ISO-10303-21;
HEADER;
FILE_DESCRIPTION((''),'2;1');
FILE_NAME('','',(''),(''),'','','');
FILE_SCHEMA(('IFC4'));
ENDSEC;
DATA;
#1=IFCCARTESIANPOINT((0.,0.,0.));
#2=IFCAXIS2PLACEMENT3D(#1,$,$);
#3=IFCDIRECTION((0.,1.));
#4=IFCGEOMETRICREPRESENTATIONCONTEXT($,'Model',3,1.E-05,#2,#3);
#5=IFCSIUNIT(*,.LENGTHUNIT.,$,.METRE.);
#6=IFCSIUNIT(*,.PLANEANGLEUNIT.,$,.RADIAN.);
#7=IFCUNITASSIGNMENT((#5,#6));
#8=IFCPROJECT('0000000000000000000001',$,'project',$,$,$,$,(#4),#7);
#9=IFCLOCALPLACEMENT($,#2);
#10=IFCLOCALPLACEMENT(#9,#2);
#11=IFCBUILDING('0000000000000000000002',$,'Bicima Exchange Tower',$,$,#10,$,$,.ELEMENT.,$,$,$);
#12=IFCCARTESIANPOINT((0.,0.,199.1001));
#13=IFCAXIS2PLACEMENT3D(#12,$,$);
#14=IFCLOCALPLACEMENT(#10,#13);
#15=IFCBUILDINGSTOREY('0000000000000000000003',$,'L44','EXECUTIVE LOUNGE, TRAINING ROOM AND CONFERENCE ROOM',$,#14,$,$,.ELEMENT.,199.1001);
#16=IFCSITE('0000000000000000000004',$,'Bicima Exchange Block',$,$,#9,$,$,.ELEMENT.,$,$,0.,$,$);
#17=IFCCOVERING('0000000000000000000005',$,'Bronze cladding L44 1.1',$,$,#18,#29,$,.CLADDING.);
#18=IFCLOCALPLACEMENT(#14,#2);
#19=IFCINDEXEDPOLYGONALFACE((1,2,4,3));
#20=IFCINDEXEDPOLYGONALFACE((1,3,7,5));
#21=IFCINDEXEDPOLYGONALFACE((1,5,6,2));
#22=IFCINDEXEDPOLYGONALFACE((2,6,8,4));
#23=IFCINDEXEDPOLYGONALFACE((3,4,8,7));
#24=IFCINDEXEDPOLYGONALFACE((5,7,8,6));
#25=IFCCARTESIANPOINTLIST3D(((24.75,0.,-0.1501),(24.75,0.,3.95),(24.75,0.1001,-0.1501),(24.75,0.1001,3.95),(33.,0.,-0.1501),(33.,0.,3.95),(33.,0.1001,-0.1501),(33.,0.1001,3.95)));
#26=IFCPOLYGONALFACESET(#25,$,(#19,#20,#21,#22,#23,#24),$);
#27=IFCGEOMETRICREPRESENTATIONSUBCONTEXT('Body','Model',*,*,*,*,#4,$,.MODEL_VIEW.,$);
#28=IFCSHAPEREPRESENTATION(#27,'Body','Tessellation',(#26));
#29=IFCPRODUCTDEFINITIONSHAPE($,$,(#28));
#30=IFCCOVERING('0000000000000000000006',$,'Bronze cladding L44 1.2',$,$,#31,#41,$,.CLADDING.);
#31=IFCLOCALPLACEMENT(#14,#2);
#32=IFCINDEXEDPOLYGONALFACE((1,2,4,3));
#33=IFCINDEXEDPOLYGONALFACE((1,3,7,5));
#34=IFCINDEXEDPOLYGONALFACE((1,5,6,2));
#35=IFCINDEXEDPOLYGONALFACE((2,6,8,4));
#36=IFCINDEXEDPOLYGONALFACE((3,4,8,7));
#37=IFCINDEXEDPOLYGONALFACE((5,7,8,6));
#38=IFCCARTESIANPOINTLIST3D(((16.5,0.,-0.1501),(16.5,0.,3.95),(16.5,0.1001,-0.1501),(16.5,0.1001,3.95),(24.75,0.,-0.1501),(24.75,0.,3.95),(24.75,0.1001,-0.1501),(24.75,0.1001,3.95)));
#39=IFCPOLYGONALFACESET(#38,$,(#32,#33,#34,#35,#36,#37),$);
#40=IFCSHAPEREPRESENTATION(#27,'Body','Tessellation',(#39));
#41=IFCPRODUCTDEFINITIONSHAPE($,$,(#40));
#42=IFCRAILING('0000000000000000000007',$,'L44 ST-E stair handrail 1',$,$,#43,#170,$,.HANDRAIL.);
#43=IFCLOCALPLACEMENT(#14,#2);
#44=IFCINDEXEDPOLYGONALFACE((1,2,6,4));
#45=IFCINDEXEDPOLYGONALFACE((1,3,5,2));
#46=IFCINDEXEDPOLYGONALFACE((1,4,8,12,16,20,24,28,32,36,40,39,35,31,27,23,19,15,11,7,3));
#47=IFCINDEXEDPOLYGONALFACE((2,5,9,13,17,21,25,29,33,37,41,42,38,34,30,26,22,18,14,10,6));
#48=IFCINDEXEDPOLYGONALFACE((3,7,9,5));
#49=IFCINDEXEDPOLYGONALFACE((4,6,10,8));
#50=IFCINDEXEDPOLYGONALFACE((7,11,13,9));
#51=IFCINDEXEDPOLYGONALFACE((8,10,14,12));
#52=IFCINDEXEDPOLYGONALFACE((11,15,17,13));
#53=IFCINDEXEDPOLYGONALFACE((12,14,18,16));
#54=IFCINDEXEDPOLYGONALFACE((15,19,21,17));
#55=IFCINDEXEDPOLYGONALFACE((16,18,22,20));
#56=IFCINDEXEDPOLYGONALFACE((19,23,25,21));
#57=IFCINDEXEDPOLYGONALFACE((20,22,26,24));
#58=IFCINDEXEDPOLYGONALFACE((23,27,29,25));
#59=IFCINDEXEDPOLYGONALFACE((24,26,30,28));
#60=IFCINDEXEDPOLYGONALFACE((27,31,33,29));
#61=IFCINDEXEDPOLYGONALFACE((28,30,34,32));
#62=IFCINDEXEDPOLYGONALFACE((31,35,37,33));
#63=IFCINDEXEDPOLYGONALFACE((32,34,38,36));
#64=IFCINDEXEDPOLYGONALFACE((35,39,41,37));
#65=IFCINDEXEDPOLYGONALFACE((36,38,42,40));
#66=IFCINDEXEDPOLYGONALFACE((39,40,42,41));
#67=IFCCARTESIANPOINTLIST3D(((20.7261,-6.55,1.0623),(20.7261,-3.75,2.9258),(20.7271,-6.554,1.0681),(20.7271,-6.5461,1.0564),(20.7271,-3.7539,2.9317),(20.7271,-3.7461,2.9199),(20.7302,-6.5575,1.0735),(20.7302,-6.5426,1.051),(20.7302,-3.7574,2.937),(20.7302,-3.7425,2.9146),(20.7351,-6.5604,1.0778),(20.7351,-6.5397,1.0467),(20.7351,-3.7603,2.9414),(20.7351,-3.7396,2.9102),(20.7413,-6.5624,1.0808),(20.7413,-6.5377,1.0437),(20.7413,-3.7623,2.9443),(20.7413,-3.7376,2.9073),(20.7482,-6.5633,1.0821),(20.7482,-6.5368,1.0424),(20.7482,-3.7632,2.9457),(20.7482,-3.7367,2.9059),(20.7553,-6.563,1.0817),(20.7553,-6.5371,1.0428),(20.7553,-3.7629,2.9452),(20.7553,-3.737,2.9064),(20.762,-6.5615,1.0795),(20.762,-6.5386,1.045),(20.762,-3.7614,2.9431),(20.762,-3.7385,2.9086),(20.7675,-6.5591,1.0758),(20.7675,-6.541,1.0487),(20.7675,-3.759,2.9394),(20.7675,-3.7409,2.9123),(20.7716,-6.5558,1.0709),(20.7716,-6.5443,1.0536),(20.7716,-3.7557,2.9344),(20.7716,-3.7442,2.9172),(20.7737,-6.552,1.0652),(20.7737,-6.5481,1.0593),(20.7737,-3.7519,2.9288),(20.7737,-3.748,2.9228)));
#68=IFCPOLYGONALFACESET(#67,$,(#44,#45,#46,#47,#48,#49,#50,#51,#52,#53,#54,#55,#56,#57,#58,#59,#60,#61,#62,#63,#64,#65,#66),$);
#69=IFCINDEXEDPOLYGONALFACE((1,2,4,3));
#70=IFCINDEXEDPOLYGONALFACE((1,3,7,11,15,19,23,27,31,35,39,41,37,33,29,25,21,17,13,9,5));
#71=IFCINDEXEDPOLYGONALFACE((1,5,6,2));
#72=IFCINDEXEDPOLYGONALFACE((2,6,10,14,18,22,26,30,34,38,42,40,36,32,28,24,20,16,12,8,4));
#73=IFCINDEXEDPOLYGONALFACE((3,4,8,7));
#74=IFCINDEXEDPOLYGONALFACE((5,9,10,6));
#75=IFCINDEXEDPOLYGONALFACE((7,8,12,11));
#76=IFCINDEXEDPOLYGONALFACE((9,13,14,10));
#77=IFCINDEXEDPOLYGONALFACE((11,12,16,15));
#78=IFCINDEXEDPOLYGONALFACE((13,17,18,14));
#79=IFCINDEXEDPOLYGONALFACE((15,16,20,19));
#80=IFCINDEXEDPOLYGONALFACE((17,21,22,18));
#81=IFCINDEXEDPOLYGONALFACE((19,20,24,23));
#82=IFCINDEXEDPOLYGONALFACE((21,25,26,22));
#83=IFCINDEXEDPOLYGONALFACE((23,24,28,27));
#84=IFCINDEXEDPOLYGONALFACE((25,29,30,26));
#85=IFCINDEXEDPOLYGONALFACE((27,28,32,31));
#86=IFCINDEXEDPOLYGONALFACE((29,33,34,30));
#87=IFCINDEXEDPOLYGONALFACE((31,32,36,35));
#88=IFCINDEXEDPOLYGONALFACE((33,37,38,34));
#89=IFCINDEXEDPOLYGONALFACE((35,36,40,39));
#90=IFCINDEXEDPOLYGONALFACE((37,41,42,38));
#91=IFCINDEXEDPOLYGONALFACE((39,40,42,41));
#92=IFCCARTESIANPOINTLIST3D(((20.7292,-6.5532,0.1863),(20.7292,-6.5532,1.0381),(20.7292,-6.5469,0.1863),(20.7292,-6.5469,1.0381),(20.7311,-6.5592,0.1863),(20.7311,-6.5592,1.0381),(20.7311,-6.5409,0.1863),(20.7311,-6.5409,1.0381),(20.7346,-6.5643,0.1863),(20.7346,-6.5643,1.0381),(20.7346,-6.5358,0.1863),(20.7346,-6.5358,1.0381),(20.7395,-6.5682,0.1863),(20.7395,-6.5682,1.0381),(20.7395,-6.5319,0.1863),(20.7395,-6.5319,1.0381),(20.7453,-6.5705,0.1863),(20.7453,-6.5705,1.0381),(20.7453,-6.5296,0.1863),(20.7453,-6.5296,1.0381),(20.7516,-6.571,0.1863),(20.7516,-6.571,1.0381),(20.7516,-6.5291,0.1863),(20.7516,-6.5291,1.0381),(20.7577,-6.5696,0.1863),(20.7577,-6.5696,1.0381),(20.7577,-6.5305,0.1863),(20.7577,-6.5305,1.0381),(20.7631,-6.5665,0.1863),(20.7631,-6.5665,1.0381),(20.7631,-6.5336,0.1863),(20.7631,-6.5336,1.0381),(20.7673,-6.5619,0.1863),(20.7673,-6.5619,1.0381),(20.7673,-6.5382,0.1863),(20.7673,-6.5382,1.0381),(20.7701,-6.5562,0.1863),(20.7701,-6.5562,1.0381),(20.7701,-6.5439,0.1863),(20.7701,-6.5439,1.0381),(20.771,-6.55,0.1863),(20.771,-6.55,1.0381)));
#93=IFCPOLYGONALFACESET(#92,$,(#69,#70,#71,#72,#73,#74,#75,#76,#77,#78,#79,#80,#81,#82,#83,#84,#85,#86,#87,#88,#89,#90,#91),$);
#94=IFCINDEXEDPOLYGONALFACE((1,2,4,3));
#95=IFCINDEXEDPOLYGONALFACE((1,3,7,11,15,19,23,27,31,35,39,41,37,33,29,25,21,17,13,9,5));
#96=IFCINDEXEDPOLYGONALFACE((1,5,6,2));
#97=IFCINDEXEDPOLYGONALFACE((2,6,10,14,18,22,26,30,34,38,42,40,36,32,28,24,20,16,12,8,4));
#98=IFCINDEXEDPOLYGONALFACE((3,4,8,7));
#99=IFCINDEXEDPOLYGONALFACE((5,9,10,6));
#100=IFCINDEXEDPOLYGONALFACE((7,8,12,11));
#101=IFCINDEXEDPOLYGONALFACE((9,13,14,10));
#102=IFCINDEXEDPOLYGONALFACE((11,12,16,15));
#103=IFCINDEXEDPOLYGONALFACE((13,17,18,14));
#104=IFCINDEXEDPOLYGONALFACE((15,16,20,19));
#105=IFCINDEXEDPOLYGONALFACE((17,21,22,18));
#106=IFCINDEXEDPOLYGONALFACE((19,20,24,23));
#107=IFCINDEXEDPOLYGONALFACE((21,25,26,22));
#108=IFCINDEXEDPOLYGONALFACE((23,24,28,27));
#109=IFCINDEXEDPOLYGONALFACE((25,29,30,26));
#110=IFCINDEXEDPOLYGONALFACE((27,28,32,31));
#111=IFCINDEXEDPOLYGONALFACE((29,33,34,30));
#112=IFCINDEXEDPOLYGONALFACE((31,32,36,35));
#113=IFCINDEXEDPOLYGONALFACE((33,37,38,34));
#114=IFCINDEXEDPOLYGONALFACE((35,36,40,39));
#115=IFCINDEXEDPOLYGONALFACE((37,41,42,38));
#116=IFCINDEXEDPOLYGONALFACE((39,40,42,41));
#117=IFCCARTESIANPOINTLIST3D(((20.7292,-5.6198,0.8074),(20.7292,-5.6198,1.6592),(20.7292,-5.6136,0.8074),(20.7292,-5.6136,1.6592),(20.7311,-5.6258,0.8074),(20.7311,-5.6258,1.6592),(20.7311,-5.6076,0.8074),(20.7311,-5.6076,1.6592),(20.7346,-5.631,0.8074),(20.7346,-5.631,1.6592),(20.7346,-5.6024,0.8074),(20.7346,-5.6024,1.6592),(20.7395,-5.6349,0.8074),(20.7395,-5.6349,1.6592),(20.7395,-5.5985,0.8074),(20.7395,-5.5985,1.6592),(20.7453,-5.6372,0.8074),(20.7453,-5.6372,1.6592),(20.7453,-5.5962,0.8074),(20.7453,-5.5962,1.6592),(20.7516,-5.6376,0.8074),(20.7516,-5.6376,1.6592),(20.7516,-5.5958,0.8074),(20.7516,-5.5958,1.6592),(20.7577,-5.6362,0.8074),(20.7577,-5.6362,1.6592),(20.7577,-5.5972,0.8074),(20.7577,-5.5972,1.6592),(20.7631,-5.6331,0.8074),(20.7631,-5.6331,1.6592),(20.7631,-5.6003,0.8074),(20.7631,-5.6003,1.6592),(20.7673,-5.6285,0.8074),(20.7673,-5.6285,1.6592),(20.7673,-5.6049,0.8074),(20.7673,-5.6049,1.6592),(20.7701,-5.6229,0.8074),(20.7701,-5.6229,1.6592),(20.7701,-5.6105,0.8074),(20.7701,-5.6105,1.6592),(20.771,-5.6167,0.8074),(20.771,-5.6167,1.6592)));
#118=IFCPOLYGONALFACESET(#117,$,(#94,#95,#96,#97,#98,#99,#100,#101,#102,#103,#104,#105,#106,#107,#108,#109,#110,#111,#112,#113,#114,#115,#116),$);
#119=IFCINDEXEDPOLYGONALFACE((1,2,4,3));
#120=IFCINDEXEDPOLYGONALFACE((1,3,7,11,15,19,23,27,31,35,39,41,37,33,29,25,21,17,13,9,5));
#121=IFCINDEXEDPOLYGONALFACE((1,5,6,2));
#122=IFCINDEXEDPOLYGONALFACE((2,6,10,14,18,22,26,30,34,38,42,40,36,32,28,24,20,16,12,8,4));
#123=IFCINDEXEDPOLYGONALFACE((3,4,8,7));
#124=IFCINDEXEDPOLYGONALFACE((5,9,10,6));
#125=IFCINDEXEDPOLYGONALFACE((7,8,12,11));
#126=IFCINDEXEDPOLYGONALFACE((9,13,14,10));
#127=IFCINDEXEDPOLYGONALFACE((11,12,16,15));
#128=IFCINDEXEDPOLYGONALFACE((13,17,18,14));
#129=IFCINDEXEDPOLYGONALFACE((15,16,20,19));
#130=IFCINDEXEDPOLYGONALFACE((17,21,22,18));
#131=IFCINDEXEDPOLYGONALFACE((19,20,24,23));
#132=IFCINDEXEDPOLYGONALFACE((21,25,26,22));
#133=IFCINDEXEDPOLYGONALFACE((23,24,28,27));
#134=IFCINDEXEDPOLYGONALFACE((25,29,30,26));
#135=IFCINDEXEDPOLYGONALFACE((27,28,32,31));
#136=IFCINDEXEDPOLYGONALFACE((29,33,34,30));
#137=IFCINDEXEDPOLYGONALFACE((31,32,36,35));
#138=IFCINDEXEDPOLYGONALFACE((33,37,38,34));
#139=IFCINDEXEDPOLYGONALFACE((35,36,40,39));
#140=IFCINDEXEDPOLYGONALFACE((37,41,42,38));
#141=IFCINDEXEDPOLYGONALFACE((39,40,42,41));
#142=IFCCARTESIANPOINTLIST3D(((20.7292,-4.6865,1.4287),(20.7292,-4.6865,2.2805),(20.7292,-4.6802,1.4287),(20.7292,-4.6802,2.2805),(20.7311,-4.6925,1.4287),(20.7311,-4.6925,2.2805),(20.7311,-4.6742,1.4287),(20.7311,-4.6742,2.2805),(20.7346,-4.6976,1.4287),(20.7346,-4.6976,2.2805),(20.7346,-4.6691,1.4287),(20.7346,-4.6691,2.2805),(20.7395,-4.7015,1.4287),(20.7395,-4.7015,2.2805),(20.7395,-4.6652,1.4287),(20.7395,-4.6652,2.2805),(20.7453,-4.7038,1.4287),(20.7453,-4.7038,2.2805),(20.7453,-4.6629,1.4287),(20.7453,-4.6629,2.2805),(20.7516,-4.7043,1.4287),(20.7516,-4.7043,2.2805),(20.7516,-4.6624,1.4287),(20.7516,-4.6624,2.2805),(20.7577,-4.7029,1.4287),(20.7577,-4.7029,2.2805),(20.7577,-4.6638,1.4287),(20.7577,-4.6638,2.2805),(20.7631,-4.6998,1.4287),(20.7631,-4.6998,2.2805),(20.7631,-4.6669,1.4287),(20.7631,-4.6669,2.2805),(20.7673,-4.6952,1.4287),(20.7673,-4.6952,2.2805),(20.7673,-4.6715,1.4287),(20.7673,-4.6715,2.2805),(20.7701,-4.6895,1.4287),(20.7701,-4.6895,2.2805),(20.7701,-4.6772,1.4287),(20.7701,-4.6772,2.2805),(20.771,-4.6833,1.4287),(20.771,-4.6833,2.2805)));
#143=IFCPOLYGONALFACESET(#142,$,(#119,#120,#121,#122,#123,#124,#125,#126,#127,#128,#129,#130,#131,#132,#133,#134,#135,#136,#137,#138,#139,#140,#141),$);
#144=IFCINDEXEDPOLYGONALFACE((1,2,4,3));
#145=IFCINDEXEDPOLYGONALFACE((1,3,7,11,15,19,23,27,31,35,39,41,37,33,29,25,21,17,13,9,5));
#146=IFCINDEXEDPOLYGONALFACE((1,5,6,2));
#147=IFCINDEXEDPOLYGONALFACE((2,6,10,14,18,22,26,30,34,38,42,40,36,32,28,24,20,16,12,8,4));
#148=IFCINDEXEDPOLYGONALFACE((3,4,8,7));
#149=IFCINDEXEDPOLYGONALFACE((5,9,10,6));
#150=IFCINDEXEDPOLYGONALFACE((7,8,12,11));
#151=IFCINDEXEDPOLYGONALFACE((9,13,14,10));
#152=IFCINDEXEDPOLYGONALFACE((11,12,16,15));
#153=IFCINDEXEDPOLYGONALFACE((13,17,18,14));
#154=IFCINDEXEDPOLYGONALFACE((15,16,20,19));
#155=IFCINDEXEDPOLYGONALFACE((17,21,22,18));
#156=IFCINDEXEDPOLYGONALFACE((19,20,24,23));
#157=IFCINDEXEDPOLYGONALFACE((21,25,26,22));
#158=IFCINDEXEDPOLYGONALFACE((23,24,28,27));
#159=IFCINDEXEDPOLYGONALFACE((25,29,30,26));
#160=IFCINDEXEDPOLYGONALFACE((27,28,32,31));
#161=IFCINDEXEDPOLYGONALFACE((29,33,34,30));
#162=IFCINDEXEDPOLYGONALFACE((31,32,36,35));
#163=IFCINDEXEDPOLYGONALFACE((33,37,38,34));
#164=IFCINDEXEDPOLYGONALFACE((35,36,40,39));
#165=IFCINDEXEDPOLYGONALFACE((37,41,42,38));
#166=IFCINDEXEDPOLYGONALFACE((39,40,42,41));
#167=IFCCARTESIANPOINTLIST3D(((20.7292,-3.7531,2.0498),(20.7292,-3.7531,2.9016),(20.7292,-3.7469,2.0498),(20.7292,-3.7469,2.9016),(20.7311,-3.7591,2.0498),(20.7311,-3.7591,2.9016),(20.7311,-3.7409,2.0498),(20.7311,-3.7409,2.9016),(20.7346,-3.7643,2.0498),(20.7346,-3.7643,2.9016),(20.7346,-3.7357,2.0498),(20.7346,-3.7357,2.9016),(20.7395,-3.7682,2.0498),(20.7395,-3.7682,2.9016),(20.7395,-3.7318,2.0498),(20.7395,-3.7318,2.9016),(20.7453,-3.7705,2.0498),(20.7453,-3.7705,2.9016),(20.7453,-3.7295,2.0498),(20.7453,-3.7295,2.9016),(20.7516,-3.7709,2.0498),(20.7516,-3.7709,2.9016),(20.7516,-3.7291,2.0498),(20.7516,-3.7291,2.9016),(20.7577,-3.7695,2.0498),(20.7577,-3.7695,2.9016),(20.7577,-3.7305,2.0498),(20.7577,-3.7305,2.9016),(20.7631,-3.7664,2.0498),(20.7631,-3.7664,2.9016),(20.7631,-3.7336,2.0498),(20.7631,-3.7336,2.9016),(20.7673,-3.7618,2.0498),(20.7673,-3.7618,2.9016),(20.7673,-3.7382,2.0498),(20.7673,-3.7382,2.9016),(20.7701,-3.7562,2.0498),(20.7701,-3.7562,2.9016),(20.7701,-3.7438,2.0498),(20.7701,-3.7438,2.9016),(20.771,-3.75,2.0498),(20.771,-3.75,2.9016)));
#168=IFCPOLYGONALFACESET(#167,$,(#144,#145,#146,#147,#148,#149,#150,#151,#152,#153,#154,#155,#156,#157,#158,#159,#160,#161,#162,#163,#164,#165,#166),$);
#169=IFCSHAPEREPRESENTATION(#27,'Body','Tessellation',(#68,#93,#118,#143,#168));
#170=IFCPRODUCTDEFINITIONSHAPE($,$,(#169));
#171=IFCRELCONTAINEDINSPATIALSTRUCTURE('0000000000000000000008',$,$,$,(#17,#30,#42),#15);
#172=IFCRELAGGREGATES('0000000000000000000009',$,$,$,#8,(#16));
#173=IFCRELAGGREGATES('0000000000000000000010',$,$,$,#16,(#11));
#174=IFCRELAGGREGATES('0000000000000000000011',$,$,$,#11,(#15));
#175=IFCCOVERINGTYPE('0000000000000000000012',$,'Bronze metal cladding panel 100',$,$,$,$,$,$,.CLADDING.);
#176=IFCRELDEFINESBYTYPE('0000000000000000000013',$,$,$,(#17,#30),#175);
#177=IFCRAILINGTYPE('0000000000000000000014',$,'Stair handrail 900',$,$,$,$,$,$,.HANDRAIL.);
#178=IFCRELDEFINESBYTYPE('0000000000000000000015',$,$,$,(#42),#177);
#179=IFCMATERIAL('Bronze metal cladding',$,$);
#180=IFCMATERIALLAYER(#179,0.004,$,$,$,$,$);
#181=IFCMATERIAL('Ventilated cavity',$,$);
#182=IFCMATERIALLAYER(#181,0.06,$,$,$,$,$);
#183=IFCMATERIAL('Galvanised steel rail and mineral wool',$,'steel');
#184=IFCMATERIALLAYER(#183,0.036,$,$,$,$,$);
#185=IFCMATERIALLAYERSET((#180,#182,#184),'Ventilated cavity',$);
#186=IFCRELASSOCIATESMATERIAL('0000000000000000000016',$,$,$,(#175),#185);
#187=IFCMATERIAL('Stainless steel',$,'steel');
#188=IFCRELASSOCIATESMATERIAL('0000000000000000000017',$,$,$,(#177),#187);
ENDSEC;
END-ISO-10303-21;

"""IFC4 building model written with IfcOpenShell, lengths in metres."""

from ifc_helpers import new_model, si_unit, direction, frame, origin, origin_2d, place, context, subcontext, project, spatial, rectangle, circle, extrude, material, layer, layer_set, type_object, element, save


model = new_model("IFC4")

# Units and contexts
model_context = context("Model", 3, precision=1e-05, world=origin(), true_north=direction((0.0, 1.0)))
body_context = subcontext(model_context, "Body", "Model", "MODEL_VIEW")
ifc_project = project(units=[si_unit("LENGTHUNIT", "METRE"), si_unit("PLANEANGLEUNIT", "RADIAN")], contexts=[model_context])

# Site, building, storey
site_placement = place(None, origin())
site = spatial("IfcSite", under=ifc_project, at=site_placement, Name="Bicima Exchange Block", CompositionType="ELEMENT", RefElevation=0.0)
building_placement = place(site_placement, origin())
building = spatial("IfcBuilding", under=site, at=building_placement, Name="Bicima Exchange Tower", CompositionType="ELEMENT")
storey_placement = place(building_placement, frame((0.0, 0.0, 199.1001)))
storey = spatial("IfcBuildingStorey", under=building, at=storey_placement, Name="L44", Description="EXECUTIVE LOUNGE, TRAINING ROOM AND CONFERENCE ROOM", CompositionType="ELEMENT", Elevation=199.1001)

# Coverings
ifc_material_1 = material(Name="Bronze metal cladding")
ifc_layer_1 = layer(ifc_material_1, 0.004)
ifc_material_2 = material(Name="Ventilated cavity")
ifc_layer_2 = layer(ifc_material_2, 0.06)
ifc_material_3 = material(Name="Galvanised steel rail and mineral wool", Category="steel")
ifc_layer_3 = layer(ifc_material_3, 0.036)
ifc_layer_set_1 = layer_set([ifc_layer_1, ifc_layer_2, ifc_layer_3], Name="Ventilated cavity")
covering_type = type_object("IfcCoveringType", Name="Bronze metal cladding panel 100", PredefinedType="CLADDING", material=ifc_layer_set_1)
for number, where, z_axis, x_axis, name in (
    (1, (28.875, 0.05, -0.1501), (0.0, 0.0, 1.0), (-1.0, 0.0, 0.0), "Bronze cladding L44 1.1"),
    (2, (20.625, 0.05, -0.1501), (0.0, 0.0, 1.0), (-1.0, 0.0, 0.0), "Bronze cladding L44 1.2"),
):
    element("IfcCovering", number, at=place(storey_placement, frame(where, z_axis=z_axis, x_axis=x_axis)), inside=storey, type_object=covering_type, Name=name, PredefinedType="CLADDING", context=body_context, shape_type="SweptSolid", body=[
        extrude(rectangle(XDim=8.25, YDim=0.1001, at=origin_2d()), origin(), (0.0, 0.0, 1.0), 4.1001),
    ])

# Railing
ifc_material_4 = material(Name="Stainless steel", Category="steel")
railing_type_1 = type_object("IfcRailingType", Name="Stair handrail 900", PredefinedType="HANDRAIL", material=ifc_material_4)
railing_1_placement = place(storey_placement, frame((20.75, -6.55, 0.1863)))
element("IfcRailing", 3, at=railing_1_placement, inside=storey, type_object=railing_type_1, Name="L44 ST-E stair handrail 1", PredefinedType="HANDRAIL", context=body_context, shape_type="SweptSolid", body=[
    extrude(circle(Radius=0.0239, at=origin_2d()), frame((0.0, 0.0, 0.876), z_axis=(0.0, 0.832486, 0.554047), x_axis=(-1.0, 0.0, 0.0)), (0.0, 0.0, 1.0), 3.3635),
    extrude(circle(Radius=0.021, at=origin_2d()), origin(), (0.0, 0.0, 1.0), 0.8518),
    extrude(circle(Radius=0.021, at=origin_2d()), frame((0.0, 0.9333, 0.6211)), (0.0, 0.0, 1.0), 0.8518),
    extrude(circle(Radius=0.021, at=origin_2d()), frame((0.0, 1.8667, 1.2424)), (0.0, 0.0, 1.0), 0.8518),
    extrude(circle(Radius=0.021, at=origin_2d()), frame((0.0, 2.8, 1.8635)), (0.0, 0.0, 1.0), 0.8518),
])

save(model, "model.ifc")
